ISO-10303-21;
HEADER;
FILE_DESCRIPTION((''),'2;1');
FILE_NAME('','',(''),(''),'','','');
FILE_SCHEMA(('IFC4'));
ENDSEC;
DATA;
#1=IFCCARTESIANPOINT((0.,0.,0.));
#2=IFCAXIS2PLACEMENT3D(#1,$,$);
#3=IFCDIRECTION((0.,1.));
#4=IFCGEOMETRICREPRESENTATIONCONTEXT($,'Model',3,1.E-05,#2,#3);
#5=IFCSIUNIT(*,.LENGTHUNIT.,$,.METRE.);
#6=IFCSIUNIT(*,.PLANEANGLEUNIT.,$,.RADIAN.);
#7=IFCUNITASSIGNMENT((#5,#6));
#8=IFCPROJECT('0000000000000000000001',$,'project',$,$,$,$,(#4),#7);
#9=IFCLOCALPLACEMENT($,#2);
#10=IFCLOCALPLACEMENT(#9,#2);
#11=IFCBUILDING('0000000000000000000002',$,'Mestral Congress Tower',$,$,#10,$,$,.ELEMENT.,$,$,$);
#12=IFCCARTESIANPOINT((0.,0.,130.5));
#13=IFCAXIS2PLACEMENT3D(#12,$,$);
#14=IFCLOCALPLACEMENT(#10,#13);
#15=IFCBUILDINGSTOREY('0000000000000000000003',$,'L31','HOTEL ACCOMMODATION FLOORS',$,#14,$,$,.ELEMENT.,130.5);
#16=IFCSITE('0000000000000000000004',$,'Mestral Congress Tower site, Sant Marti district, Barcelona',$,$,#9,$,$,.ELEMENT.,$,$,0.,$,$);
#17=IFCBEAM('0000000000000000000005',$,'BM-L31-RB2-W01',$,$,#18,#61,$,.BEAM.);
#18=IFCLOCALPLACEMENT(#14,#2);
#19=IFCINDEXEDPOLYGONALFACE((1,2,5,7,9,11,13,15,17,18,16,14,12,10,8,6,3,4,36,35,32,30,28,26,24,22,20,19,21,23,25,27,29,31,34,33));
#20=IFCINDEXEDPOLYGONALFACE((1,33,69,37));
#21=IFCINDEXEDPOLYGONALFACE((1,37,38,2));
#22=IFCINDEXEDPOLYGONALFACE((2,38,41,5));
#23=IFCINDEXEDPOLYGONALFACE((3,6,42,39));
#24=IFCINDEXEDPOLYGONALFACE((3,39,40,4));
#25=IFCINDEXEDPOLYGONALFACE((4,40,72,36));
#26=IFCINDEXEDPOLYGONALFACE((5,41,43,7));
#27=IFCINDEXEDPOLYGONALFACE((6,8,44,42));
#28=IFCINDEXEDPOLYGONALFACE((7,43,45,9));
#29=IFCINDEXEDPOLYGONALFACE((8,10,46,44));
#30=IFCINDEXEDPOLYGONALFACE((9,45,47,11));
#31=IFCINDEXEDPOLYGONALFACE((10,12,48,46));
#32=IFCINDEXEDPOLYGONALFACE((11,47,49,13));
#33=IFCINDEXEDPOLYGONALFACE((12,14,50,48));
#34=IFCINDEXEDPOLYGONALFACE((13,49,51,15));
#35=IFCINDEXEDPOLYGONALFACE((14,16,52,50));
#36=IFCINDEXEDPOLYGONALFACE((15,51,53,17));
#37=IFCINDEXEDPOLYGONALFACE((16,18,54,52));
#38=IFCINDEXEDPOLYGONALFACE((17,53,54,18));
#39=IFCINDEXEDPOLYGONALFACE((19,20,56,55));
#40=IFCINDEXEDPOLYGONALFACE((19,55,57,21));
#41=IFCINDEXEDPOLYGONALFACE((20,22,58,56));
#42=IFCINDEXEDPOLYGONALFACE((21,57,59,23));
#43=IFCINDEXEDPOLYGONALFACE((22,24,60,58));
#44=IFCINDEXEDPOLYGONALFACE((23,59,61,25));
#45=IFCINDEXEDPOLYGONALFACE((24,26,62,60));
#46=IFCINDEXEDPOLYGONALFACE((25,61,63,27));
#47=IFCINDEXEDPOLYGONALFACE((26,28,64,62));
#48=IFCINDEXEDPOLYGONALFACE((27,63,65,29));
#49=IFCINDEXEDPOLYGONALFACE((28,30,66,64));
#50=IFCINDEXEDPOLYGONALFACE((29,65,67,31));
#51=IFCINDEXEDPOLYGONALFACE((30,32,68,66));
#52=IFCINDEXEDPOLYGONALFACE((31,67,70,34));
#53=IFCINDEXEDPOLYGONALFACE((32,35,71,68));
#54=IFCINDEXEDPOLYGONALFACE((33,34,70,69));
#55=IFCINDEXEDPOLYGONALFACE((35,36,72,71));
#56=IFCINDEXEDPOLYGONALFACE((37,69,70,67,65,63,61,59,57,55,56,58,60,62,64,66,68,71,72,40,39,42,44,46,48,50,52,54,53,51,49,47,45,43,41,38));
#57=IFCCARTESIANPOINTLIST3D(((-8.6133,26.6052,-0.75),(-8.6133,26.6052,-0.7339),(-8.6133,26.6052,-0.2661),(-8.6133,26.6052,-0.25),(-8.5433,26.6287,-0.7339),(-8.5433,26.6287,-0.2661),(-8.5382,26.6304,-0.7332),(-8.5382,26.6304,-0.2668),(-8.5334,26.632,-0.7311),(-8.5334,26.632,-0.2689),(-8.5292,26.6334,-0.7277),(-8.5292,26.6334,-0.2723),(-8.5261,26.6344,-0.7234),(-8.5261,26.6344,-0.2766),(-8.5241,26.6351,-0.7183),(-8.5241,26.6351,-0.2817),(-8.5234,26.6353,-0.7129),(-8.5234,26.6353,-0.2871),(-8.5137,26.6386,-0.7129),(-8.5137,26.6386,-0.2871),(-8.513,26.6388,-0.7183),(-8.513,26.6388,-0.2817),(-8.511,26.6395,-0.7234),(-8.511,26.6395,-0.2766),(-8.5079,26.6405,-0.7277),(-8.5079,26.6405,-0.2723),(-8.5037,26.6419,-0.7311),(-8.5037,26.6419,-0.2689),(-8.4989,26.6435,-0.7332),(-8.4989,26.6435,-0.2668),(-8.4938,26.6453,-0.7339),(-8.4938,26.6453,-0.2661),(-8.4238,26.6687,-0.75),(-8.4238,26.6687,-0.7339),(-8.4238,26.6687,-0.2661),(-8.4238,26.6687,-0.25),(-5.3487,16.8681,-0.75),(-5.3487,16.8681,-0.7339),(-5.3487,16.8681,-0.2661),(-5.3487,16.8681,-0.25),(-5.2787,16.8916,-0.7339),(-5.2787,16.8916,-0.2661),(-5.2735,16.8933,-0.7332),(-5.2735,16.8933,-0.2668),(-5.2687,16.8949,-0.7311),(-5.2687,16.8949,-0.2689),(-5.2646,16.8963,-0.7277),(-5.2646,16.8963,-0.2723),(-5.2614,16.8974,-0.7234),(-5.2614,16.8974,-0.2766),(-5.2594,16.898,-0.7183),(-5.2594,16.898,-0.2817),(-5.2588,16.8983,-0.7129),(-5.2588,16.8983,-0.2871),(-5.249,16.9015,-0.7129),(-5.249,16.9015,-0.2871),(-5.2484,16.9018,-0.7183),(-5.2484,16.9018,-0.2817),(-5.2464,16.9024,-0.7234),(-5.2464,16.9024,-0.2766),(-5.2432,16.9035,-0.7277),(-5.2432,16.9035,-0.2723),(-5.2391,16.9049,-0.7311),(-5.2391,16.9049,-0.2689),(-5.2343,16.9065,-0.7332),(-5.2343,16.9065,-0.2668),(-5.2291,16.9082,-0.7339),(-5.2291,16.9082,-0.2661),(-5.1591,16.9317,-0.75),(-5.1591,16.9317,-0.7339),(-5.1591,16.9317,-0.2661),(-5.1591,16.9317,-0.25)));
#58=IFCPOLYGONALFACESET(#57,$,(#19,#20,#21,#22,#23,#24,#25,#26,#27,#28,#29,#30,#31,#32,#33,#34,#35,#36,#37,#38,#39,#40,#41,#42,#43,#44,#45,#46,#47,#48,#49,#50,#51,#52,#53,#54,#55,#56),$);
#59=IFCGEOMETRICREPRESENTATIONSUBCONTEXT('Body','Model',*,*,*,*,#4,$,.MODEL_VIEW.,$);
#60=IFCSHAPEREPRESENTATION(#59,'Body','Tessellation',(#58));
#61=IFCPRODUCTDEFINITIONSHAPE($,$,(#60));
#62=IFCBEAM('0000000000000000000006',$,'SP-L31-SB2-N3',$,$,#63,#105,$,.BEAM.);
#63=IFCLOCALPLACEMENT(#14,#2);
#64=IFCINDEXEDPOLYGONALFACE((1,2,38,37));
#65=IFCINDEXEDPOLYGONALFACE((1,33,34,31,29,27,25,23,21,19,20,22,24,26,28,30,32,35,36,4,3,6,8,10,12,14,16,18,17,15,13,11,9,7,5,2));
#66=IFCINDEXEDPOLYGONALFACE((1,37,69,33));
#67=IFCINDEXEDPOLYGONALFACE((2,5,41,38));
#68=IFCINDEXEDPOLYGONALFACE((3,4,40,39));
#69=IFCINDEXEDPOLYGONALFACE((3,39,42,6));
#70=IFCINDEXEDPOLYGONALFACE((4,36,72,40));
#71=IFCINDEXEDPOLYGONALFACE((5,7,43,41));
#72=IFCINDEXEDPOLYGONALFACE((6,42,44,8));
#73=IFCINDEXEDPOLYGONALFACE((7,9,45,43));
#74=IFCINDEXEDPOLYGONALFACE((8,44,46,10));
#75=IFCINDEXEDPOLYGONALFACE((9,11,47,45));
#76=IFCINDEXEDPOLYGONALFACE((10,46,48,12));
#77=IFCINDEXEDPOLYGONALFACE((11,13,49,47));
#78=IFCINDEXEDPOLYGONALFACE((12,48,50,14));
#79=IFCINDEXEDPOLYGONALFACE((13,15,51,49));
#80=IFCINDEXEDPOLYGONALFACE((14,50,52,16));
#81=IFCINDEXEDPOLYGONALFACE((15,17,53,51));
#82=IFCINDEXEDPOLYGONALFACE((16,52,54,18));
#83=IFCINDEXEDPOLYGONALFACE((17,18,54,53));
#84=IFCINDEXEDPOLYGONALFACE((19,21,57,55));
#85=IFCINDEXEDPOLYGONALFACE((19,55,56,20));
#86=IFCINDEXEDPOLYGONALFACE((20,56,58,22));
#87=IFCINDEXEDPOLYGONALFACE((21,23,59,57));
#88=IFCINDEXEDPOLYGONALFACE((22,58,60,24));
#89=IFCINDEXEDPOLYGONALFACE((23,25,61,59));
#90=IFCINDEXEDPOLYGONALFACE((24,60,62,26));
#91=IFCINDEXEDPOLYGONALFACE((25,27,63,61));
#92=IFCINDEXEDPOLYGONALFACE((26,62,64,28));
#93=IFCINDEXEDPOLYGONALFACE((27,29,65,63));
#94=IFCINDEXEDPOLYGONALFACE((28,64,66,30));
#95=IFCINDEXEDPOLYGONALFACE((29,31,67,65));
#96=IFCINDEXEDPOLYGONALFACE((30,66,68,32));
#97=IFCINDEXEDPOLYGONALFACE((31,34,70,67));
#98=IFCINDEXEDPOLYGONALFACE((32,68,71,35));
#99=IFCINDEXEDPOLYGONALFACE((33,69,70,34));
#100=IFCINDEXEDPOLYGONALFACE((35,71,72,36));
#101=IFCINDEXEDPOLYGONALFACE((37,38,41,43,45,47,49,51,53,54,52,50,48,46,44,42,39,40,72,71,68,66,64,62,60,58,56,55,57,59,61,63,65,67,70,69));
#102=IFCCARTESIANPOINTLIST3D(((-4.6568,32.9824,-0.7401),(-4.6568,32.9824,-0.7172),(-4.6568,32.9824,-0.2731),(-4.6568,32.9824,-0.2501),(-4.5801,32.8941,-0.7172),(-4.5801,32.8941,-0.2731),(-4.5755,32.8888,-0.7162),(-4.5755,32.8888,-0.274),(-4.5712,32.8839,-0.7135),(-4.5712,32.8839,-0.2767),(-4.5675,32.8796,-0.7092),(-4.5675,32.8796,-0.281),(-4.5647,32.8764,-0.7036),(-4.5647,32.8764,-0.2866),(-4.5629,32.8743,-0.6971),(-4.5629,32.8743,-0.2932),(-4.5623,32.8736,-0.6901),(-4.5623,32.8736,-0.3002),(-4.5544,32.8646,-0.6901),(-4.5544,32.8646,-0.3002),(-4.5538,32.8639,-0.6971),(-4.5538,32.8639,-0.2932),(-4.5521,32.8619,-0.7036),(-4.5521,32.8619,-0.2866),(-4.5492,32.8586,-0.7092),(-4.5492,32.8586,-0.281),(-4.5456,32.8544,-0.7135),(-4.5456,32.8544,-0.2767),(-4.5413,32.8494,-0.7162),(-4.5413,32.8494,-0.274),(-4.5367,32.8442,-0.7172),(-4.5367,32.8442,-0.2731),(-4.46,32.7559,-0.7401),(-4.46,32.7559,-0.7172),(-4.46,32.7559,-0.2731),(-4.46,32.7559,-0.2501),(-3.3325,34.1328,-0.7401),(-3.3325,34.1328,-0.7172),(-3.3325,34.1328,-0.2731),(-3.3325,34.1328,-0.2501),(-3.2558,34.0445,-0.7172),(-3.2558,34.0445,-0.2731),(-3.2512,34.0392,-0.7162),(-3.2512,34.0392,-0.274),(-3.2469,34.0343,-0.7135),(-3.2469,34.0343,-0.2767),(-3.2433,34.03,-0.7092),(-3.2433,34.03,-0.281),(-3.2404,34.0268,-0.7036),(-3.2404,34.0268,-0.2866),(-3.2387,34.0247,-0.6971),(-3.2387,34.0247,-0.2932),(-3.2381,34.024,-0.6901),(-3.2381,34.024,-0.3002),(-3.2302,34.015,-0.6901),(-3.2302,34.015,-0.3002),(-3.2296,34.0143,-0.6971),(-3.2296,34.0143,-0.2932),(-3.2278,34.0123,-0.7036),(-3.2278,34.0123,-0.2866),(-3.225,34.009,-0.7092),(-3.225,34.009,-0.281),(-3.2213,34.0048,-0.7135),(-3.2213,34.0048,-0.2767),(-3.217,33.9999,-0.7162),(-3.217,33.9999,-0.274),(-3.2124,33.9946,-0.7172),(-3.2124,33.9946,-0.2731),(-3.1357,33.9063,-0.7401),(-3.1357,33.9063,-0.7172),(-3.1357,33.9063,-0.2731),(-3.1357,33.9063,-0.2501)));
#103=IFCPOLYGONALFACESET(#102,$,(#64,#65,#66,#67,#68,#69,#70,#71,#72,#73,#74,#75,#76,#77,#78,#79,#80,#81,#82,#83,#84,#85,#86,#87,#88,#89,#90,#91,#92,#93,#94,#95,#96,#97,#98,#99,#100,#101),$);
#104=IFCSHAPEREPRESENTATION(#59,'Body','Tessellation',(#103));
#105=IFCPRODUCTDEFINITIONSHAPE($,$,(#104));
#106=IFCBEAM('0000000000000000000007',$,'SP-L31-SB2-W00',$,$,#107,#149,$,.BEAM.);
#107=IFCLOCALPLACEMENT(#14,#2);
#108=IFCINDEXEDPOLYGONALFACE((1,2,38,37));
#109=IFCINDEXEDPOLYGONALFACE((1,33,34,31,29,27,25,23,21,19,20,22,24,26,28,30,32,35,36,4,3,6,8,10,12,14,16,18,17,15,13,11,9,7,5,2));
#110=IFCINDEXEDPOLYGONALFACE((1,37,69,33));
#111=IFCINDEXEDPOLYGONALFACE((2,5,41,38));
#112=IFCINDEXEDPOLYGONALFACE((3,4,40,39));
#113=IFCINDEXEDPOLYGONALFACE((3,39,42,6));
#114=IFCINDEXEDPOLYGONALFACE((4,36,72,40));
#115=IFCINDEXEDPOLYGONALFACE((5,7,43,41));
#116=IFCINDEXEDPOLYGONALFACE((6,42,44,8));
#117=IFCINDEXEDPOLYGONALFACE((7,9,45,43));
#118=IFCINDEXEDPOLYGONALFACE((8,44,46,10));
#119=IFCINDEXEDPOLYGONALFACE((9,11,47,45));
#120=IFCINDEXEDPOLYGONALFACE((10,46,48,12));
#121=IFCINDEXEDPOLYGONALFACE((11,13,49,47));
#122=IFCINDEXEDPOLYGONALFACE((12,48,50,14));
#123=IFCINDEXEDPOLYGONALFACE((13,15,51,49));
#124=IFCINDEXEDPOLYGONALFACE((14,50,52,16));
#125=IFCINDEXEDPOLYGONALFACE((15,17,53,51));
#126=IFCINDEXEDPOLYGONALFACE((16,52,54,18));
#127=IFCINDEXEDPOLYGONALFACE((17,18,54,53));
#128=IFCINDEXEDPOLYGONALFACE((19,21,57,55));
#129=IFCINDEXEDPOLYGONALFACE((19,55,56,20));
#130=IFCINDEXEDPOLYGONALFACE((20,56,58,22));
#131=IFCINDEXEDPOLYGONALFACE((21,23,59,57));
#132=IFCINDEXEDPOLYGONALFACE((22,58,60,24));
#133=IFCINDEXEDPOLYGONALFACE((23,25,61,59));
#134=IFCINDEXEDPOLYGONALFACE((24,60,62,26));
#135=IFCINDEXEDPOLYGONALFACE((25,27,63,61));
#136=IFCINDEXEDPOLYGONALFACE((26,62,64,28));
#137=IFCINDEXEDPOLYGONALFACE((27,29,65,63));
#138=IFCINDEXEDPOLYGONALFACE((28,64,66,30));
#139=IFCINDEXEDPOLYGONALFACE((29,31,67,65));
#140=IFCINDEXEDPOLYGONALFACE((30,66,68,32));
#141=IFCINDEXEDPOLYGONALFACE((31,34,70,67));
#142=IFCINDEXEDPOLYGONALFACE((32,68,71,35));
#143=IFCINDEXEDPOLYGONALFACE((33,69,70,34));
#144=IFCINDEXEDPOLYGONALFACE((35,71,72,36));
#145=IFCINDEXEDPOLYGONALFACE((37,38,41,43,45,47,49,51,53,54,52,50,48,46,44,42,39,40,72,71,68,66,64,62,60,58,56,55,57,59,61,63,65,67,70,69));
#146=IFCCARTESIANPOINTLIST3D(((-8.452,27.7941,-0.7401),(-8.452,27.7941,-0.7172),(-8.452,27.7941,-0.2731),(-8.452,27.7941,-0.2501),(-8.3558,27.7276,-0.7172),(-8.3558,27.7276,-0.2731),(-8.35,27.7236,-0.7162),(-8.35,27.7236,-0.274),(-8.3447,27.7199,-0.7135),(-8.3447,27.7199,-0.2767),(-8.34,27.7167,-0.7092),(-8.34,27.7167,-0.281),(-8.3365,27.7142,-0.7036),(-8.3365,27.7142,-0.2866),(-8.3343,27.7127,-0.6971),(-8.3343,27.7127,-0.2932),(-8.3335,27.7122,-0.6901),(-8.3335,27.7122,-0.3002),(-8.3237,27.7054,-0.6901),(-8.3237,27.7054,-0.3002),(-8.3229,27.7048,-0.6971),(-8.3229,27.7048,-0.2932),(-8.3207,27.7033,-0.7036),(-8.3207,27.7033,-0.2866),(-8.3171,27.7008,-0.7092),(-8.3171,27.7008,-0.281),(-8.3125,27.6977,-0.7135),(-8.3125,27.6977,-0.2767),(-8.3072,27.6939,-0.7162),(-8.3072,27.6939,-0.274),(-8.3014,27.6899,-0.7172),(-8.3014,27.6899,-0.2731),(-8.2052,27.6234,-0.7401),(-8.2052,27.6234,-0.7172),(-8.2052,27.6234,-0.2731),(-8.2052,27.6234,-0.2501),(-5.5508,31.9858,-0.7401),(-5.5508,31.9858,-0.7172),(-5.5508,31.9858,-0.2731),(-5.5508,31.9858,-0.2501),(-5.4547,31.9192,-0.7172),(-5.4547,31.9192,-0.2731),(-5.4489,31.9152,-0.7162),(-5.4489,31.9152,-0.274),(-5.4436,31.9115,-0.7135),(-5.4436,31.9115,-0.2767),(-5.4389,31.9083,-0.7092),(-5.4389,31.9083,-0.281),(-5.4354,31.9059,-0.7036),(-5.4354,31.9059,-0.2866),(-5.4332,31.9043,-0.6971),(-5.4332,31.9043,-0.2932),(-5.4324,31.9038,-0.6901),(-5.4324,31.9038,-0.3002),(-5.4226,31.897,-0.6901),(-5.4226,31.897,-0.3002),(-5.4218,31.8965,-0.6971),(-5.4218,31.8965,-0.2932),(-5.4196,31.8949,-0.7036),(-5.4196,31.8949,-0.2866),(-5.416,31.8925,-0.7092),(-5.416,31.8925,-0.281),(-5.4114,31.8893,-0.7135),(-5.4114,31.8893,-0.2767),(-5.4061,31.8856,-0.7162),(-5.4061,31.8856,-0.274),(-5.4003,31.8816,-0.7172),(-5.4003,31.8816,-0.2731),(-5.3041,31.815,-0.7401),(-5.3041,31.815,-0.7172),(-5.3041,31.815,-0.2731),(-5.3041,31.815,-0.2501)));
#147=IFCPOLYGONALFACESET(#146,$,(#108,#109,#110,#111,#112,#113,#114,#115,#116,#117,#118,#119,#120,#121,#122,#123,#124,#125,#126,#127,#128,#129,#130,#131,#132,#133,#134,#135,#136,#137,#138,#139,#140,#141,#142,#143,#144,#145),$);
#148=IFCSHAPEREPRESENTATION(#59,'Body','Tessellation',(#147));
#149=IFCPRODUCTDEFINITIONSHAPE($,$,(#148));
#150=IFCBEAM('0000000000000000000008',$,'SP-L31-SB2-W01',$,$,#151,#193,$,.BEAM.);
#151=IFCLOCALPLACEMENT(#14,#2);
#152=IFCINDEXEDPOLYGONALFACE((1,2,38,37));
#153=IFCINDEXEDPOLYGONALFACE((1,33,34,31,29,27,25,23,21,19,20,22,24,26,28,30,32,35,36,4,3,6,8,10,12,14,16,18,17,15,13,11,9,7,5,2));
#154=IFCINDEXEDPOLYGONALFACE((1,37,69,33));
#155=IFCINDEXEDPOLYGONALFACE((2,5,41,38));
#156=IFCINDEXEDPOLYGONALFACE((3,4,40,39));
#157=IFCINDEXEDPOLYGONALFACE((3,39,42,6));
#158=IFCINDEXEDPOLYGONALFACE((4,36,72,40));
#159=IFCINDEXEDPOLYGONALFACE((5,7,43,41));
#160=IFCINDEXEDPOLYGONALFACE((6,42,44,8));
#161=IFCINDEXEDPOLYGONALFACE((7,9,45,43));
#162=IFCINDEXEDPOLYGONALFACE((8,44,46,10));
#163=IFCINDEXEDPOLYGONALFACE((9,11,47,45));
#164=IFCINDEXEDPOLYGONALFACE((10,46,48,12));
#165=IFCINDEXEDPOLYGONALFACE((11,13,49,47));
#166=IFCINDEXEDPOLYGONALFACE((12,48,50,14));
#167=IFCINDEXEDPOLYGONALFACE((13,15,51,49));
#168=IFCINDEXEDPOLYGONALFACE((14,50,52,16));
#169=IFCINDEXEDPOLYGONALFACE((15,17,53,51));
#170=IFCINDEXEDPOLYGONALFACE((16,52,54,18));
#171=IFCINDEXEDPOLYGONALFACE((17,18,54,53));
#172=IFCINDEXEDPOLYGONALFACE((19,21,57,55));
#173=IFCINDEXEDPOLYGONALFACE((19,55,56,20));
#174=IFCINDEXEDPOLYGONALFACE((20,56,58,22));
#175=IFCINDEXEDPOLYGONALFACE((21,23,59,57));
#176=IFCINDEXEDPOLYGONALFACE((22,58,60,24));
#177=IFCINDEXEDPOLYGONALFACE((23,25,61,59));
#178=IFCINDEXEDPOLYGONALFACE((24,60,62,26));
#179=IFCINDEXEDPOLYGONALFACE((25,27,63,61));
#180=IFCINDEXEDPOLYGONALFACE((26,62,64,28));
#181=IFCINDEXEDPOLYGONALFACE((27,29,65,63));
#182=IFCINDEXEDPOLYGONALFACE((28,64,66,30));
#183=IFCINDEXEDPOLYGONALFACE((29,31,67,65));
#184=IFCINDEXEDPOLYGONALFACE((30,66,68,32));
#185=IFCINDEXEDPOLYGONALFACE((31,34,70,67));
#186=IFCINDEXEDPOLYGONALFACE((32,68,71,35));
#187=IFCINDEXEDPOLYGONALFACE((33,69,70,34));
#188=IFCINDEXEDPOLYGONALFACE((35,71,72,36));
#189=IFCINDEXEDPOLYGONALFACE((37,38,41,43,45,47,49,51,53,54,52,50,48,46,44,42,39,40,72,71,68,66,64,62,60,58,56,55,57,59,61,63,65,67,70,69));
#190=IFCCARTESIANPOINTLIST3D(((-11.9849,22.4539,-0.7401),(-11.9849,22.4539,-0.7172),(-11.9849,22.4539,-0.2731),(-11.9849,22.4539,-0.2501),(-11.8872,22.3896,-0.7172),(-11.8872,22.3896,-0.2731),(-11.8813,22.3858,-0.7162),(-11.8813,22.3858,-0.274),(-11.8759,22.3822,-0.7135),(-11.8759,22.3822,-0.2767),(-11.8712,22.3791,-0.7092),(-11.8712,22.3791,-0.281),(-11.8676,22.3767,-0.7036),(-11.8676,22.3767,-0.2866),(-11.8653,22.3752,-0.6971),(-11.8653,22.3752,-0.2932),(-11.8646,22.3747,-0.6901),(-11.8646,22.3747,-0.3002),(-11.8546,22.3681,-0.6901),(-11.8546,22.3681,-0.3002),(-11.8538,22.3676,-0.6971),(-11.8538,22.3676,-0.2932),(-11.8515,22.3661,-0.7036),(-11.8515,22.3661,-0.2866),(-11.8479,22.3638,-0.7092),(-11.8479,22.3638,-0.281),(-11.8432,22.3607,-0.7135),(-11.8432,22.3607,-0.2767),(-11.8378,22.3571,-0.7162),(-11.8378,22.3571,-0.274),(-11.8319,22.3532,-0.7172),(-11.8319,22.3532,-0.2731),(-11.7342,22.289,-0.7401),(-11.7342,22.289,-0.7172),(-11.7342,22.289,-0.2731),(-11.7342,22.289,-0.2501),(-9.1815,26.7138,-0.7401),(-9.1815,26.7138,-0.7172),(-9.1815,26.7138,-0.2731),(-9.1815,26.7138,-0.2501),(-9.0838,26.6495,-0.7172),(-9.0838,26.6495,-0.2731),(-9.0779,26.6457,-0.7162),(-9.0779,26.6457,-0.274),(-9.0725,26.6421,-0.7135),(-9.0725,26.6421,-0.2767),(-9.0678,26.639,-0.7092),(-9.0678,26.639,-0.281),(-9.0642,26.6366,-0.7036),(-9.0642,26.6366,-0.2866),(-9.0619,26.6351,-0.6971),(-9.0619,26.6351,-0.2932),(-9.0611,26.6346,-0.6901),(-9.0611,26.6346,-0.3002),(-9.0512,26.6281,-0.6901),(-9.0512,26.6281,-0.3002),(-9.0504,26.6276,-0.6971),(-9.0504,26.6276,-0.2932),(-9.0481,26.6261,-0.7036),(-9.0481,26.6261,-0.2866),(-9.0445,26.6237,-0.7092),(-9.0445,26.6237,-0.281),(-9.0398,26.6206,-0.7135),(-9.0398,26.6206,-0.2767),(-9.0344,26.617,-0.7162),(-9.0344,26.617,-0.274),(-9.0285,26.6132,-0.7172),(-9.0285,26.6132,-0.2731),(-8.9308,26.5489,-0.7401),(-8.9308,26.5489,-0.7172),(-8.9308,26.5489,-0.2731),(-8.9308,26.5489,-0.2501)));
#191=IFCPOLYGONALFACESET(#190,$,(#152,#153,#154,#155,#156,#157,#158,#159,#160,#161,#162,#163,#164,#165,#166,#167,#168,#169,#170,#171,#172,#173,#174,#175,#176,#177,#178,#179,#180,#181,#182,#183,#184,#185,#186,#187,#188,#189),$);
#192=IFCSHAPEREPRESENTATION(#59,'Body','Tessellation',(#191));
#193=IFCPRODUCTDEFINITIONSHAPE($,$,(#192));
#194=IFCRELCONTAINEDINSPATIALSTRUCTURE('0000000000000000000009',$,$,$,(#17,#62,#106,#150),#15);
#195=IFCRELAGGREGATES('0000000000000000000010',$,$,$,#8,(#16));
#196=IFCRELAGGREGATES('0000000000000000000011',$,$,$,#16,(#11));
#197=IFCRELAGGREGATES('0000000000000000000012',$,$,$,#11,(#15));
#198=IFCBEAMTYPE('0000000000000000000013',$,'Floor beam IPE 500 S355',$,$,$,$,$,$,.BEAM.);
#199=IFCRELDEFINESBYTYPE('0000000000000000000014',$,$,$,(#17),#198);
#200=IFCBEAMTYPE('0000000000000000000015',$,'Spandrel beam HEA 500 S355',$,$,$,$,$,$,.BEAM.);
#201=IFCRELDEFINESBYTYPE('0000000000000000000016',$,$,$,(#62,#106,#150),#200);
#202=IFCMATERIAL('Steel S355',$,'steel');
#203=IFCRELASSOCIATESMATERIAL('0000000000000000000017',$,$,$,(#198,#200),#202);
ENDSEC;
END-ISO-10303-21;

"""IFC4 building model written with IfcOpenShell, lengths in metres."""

from ifc_helpers import new_model, si_unit, direction, frame, origin, origin_2d, place, context, subcontext, project, spatial, i_section, extrude, material, material_profile, profile_set, type_object, element, save


model = new_model("IFC4")

# Units and contexts
model_context = context("Model", 3, precision=1e-05, world=origin(), true_north=direction((0.0, 1.0)))
body_context = subcontext(model_context, "Body", "Model", "MODEL_VIEW")
ifc_project = project(units=[si_unit("LENGTHUNIT", "METRE"), si_unit("PLANEANGLEUNIT", "RADIAN")], contexts=[model_context])

# Site, building, storey
site_placement = place(None, origin())
site = spatial("IfcSite", under=ifc_project, at=site_placement, Name="Mestral Congress Tower site, Sant Marti district, Barcelona", CompositionType="ELEMENT", RefElevation=0.0)
building_placement = place(site_placement, origin())
building = spatial("IfcBuilding", under=site, at=building_placement, Name="Mestral Congress Tower", CompositionType="ELEMENT")
storey_placement = place(building_placement, frame((0.0, 0.0, 130.5)))
storey = spatial("IfcBuildingStorey", under=building, at=storey_placement, Name="L31", Description="HOTEL ACCOMMODATION FLOORS", CompositionType="ELEMENT", Elevation=130.5)

# Beams
ifc_material_1 = material(Name="Steel S355", Category="steel")
ifc_material_profile_1 = material_profile(ifc_material_1, i_section(OverallWidth=0.2, OverallDepth=0.5, WebThickness=0.0103, FlangeThickness=0.0161, FilletRadius=0.021, at=origin_2d()), Name="IPE 500")
ifc_profile_set_1 = profile_set([ifc_material_profile_1], Name="Steel S355")
beam_type_1 = type_object("IfcBeamType", Name="Floor beam IPE 500 S355", PredefinedType="BEAM", material=ifc_profile_set_1)
beam_1_placement = place(storey_placement, frame((-8.5186, 26.637, -0.5), z_axis=(0.317889, -0.948128, 0.0), x_axis=(0.948128, 0.317889, 0.0)))
element("IfcBeam", 1, at=beam_1_placement, inside=storey, type_object=beam_type_1, Name="BM-L31-RB2-W01", PredefinedType="BEAM", context=body_context, shape_type="SweptSolid", body=[
    extrude(i_section(OverallWidth=0.2, OverallDepth=0.5, WebThickness=0.0103, FlangeThickness=0.0161, FilletRadius=0.021, at=origin_2d()), origin(), (0.0, 0.0, 1.0), 10.2698),
])
ifc_material_profile_2 = material_profile(ifc_material_1, i_section(OverallWidth=0.3, OverallDepth=0.49, WebThickness=0.012, FlangeThickness=0.0229, FilletRadius=0.0271, at=origin_2d()), Name="HEA 500")
ifc_profile_set_2 = profile_set([ifc_material_profile_2], Name="Steel S355")
beam_type_2 = type_object("IfcBeamType", Name="Spandrel beam HEA 500 S355", PredefinedType="BEAM", material=ifc_profile_set_2)
beam_2_placement = place(storey_placement, frame((-3.2341, 34.0195, -0.4951), z_axis=(-0.754917, -0.65582, 0.0), x_axis=(0.65582, -0.754917, 0.0)))
element("IfcBeam", 2, at=beam_2_placement, inside=storey, type_object=beam_type_2, Name="SP-L31-SB2-N3", PredefinedType="BEAM", context=body_context, shape_type="SweptSolid", body=[
    extrude(i_section(OverallWidth=0.3, OverallDepth=0.49, WebThickness=0.012, FlangeThickness=0.0229, FilletRadius=0.0271, at=origin_2d()), origin(), (0.0, 0.0, 1.0), 1.7542),
])
beam_3_placement = place(storey_placement, frame((-5.4275, 31.9004, -0.4951), z_axis=(-0.569105, -0.822265, 0.0), x_axis=(0.822265, -0.569105, 0.0)))
element("IfcBeam", 3, at=beam_3_placement, inside=storey, type_object=beam_type_2, Name="SP-L31-SB2-W00", PredefinedType="BEAM", context=body_context, shape_type="SweptSolid", body=[
    extrude(i_section(OverallWidth=0.3, OverallDepth=0.49, WebThickness=0.012, FlangeThickness=0.0229, FilletRadius=0.0271, at=origin_2d()), origin(), (0.0, 0.0, 1.0), 5.0977),
])
beam_4_placement = place(storey_placement, frame((-9.0562, 26.6313, -0.4951), z_axis=(-0.54973, -0.835342, 0.0), x_axis=(0.835342, -0.54973, 0.0)))
element("IfcBeam", 4, at=beam_4_placement, inside=storey, type_object=beam_type_2, Name="SP-L31-SB2-W01", PredefinedType="BEAM", context=body_context, shape_type="SweptSolid", body=[
    extrude(i_section(OverallWidth=0.3, OverallDepth=0.49, WebThickness=0.012, FlangeThickness=0.0229, FilletRadius=0.0271, at=origin_2d()), origin(), (0.0, 0.0, 1.0), 5.0996),
])

save(model, "model.ifc")
